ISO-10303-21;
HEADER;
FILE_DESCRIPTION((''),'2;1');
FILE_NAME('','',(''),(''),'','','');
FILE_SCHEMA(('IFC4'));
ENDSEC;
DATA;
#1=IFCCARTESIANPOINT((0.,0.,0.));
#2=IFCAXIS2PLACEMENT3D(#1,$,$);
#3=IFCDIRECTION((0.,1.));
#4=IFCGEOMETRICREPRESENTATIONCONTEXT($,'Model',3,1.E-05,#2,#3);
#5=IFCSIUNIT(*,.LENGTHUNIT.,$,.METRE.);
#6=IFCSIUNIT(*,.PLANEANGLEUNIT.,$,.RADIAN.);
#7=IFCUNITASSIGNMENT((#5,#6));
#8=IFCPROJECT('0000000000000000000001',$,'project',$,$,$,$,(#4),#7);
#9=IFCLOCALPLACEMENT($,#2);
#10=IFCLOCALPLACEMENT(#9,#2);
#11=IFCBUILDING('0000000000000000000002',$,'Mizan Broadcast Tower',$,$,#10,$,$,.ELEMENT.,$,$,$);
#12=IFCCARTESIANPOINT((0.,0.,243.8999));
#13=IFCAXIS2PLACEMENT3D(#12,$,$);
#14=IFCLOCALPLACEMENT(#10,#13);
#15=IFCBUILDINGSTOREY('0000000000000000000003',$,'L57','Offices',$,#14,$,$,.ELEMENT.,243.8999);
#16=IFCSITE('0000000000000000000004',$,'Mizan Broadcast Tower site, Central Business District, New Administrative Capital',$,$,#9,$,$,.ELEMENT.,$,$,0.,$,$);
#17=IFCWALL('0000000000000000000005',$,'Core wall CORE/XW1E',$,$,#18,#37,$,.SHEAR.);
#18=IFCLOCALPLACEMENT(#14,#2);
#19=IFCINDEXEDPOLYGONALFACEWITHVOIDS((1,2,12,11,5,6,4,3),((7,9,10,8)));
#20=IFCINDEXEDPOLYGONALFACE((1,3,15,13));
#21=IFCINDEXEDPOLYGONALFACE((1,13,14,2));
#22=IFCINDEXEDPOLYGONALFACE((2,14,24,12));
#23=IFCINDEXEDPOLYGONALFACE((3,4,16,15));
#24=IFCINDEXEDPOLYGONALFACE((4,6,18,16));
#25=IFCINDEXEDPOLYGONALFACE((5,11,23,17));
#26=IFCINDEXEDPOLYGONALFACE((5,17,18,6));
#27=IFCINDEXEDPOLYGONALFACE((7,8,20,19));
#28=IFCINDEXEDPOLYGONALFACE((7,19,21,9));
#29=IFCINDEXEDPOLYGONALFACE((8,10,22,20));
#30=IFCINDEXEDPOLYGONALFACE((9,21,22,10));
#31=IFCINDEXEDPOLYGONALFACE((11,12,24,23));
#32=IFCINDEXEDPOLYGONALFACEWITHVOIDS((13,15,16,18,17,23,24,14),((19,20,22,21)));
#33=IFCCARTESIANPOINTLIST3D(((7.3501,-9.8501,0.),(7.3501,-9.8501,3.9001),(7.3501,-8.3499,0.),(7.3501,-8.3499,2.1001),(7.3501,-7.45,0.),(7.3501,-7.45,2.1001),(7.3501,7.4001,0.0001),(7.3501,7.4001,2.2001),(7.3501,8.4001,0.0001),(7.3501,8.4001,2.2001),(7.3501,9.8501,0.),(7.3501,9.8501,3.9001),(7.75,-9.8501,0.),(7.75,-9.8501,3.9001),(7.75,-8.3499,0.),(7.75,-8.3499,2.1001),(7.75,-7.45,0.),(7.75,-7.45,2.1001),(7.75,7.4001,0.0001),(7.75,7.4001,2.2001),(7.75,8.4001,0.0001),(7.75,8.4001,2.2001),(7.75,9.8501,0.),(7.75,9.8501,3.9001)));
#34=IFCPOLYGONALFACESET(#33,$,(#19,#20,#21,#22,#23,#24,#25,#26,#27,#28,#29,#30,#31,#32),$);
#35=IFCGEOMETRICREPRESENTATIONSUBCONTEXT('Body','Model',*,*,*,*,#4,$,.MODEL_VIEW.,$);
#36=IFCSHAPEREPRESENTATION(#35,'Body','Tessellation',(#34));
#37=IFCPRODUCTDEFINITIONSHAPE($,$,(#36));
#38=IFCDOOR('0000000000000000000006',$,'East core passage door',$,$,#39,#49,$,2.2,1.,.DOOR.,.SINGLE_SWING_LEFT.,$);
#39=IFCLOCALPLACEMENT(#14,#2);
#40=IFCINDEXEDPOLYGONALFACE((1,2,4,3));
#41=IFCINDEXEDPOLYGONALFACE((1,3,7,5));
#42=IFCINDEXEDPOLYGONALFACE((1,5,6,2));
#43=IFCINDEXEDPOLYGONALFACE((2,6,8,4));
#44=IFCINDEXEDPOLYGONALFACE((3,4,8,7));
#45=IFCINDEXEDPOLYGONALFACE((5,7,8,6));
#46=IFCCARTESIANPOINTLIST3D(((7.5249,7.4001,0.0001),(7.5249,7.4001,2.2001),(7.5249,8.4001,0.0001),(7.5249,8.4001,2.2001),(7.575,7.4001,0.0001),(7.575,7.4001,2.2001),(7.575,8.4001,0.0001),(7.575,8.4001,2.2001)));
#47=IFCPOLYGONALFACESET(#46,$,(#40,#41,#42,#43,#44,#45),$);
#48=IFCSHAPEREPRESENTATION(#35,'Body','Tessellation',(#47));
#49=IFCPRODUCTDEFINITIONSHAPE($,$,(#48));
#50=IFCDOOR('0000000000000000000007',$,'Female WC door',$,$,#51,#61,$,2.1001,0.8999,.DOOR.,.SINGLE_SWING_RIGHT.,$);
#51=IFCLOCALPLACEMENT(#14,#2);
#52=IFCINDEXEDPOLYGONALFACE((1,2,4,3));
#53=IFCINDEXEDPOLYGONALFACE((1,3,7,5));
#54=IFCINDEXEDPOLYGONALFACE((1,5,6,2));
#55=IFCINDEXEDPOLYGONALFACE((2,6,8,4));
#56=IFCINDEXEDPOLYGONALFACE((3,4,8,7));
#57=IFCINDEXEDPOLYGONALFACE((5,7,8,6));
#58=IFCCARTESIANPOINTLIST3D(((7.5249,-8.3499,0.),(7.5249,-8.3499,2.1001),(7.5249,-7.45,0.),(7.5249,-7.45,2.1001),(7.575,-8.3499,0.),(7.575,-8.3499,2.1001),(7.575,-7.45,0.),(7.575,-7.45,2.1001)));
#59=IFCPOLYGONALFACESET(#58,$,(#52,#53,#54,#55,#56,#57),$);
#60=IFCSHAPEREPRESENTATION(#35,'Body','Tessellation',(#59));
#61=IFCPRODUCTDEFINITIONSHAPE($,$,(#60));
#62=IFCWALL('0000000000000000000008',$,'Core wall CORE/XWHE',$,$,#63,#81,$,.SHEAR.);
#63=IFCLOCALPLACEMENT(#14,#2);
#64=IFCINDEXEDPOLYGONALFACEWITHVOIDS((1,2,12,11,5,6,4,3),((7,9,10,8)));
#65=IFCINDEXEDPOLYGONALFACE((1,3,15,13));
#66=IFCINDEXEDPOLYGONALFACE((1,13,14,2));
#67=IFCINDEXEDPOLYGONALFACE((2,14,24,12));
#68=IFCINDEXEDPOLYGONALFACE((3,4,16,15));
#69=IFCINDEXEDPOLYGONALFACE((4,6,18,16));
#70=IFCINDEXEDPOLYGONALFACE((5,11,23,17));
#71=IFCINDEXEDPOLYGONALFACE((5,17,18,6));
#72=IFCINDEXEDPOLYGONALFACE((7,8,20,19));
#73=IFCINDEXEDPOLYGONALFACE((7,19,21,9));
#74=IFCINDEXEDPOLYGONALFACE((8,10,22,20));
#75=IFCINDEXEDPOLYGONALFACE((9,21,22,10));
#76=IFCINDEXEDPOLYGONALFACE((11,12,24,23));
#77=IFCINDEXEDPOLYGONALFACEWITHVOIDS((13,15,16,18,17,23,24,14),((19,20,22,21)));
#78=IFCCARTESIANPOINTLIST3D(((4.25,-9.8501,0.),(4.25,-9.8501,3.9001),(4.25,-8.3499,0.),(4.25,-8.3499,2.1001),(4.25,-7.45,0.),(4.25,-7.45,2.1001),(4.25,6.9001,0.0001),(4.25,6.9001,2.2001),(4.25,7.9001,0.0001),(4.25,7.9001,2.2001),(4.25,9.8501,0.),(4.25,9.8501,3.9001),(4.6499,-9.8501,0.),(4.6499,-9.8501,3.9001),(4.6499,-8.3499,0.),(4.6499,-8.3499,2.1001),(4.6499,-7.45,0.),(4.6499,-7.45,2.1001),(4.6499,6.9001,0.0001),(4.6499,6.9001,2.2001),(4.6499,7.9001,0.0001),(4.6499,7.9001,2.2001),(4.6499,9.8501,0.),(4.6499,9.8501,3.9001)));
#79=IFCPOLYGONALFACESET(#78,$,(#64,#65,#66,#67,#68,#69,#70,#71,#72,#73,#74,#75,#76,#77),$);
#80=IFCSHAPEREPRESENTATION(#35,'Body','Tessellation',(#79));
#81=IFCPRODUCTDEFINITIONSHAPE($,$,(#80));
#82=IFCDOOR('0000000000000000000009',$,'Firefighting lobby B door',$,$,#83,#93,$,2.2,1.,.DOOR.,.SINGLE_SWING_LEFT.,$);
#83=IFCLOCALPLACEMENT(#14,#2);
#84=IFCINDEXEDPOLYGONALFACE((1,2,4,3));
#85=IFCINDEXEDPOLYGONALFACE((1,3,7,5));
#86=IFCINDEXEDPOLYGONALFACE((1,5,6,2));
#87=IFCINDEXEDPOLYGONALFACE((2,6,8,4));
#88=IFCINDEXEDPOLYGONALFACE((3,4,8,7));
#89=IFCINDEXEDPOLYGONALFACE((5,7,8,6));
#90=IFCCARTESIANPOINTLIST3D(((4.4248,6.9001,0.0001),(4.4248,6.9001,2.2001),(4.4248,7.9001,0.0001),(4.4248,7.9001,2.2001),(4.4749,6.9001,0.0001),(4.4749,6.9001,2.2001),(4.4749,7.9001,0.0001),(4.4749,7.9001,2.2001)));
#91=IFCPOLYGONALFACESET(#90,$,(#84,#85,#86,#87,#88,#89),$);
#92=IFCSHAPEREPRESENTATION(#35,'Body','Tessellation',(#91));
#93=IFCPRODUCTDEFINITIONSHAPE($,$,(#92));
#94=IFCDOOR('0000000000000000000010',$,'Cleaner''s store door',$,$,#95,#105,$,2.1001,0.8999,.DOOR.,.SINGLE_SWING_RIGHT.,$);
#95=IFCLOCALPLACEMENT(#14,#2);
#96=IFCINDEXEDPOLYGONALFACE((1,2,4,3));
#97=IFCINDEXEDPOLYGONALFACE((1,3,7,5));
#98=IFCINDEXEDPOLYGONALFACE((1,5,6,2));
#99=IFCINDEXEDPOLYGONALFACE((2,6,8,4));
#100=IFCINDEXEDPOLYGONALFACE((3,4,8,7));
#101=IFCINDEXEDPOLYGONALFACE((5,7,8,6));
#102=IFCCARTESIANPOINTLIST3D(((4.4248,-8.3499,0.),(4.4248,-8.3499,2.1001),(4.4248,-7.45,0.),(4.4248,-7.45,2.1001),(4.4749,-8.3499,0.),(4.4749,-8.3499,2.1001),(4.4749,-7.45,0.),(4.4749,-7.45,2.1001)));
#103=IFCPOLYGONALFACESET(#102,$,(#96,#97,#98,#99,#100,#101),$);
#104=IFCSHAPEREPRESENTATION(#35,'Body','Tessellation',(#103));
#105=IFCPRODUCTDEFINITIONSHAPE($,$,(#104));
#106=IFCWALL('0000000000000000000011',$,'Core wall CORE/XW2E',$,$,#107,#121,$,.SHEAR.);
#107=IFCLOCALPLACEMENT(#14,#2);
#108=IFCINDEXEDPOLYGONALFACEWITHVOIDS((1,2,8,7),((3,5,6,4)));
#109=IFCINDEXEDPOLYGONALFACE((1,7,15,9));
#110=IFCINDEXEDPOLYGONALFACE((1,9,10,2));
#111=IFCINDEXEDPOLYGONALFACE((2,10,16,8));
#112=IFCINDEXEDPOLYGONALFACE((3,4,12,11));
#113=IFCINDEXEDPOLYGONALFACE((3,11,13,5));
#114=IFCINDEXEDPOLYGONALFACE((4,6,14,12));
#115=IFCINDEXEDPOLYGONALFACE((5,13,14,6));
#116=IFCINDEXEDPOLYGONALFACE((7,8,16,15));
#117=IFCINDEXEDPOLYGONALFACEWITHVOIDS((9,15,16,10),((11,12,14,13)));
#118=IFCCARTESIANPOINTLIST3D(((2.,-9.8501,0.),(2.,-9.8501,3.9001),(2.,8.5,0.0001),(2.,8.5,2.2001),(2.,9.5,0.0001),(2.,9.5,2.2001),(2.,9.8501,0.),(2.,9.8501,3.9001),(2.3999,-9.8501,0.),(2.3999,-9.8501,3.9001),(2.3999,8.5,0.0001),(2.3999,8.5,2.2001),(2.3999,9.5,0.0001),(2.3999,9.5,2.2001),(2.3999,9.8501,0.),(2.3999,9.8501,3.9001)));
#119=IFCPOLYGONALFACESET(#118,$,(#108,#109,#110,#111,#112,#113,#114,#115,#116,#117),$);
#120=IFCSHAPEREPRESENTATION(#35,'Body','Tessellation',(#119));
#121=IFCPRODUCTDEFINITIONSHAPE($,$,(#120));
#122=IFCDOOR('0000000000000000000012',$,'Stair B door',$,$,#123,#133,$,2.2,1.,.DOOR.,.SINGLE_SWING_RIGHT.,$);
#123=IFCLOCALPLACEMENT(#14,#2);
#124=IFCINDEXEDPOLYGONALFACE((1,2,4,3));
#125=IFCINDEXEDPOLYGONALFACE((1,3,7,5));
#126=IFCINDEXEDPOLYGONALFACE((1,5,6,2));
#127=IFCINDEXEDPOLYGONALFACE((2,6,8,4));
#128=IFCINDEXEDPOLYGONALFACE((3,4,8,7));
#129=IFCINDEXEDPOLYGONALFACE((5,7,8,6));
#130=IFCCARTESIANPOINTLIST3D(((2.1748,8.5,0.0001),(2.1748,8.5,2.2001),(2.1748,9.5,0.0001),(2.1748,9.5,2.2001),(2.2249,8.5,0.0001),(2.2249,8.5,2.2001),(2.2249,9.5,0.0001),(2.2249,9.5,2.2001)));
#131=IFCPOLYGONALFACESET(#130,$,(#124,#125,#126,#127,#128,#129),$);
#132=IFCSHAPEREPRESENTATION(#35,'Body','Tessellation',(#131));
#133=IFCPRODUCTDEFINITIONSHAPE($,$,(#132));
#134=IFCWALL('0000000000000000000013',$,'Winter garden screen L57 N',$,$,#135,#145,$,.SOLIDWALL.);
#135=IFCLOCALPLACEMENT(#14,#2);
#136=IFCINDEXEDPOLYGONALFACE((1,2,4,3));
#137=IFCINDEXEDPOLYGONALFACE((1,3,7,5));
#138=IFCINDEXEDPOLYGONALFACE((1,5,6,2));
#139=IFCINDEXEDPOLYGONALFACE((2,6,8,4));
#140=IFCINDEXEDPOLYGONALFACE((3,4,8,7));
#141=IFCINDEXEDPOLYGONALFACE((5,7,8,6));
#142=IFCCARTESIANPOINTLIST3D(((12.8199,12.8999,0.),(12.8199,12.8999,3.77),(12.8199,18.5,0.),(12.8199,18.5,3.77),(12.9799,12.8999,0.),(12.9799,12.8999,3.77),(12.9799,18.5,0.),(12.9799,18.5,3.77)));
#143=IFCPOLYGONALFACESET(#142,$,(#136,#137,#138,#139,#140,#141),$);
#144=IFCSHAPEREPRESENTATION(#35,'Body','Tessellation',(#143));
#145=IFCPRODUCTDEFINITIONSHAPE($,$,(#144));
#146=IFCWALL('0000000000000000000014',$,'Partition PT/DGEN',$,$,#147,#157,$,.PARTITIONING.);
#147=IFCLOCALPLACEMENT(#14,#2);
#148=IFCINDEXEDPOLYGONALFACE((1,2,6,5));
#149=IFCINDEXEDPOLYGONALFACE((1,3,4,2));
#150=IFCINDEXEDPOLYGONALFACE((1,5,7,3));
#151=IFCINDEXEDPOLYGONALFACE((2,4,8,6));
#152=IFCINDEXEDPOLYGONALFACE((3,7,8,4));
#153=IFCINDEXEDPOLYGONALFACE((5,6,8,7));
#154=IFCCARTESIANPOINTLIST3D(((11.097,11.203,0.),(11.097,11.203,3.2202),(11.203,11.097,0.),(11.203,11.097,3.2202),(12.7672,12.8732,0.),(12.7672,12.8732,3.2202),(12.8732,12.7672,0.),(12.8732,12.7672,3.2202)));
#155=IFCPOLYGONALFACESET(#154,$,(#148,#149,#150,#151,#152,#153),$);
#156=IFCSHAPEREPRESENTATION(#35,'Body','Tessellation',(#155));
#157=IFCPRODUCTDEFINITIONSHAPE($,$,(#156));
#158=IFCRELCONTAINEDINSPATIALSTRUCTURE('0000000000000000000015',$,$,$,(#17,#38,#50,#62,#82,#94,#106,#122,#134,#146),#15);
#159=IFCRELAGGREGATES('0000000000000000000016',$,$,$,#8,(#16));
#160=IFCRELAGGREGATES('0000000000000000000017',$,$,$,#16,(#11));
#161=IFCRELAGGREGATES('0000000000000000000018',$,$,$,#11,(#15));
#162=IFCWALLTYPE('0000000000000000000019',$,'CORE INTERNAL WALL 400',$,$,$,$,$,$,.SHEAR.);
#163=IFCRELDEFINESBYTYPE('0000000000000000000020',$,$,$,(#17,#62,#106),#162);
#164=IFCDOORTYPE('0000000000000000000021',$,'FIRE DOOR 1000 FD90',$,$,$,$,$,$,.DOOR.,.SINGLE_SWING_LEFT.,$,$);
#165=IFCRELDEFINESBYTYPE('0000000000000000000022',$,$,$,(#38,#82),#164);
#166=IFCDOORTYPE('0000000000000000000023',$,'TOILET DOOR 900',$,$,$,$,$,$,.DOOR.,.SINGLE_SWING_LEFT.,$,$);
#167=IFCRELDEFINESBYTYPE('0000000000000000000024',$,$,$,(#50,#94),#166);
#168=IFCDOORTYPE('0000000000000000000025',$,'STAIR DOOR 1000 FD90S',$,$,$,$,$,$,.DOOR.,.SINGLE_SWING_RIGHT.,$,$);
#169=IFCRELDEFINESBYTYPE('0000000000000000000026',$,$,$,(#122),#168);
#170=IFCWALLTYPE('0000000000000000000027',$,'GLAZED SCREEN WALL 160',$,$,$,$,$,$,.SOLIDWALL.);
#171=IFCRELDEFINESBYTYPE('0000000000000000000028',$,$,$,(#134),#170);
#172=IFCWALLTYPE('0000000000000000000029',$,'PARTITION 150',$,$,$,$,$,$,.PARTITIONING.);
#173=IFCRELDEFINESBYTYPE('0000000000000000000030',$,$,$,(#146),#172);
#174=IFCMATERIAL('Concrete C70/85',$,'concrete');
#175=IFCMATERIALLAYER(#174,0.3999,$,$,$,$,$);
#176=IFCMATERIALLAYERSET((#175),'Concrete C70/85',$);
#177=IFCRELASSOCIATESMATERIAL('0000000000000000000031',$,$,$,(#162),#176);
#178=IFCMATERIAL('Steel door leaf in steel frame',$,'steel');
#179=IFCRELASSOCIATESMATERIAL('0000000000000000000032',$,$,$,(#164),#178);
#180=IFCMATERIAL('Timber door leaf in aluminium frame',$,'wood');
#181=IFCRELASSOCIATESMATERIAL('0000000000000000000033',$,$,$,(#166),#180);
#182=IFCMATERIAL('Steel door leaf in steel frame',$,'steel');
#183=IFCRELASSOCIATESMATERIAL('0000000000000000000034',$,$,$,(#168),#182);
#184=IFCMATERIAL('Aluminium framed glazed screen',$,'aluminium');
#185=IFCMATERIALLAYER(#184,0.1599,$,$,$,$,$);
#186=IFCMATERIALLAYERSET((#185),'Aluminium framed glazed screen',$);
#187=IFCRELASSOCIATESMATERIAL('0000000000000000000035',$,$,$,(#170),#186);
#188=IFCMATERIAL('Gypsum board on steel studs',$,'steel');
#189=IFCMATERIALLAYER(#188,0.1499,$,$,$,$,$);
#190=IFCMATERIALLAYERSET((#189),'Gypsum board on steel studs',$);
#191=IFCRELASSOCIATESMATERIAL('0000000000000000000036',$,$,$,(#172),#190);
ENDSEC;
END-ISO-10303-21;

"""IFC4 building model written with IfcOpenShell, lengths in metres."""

from ifc_helpers import new_model, si_unit, direction, frame, frame_2d, origin, place, context, subcontext, project, spatial, rectangle, extrude, material, layer, layer_set, type_object, element, fill, save


model = new_model("IFC4")

# Units and contexts
model_context = context("Model", 3, precision=1e-05, world=origin(), true_north=direction((0.0, 1.0)))
body_context = subcontext(model_context, "Body", "Model", "MODEL_VIEW")
ifc_project = project(units=[si_unit("LENGTHUNIT", "METRE"), si_unit("PLANEANGLEUNIT", "RADIAN")], contexts=[model_context])

# Site, building, storey
site_placement = place(None, origin())
site = spatial("IfcSite", under=ifc_project, at=site_placement, Name="Mizan Broadcast Tower site, Central Business District, New Administrative Capital", CompositionType="ELEMENT", RefElevation=0.0)
building_placement = place(site_placement, origin())
building = spatial("IfcBuilding", under=site, at=building_placement, Name="Mizan Broadcast Tower", CompositionType="ELEMENT")
storey_placement = place(building_placement, frame((0.0, 0.0, 243.8999)))
storey = spatial("IfcBuildingStorey", under=building, at=storey_placement, Name="L57", Description="Offices", CompositionType="ELEMENT", Elevation=243.8999)

# Walls, openings, doors
ifc_material_1 = material(Name="Concrete C70/85", Category="concrete")
ifc_layer_1 = layer(ifc_material_1, 0.3999)
ifc_layer_set_1 = layer_set([ifc_layer_1], Name="Concrete C70/85")
wall_type_1 = type_object("IfcWallType", Name="CORE INTERNAL WALL 400", PredefinedType="SHEAR", material=ifc_layer_set_1)
wall_1_placement = place(storey_placement, frame((7.55, 9.8501, 0.0), z_axis=(0.0, 0.0, 1.0), x_axis=(0.0, -1.0, 0.0)))
wall_1 = element("IfcWall", 1, at=wall_1_placement, inside=storey, type_object=wall_type_1, Name="Core wall CORE/XW1E", PredefinedType="SHEAR", context=body_context, shape_type="SweptSolid", body=[
    extrude(rectangle(XDim=19.7002, YDim=0.3999, at=frame_2d((9.8501, 0.0))), origin(), (0.0, 0.0, 1.0), 3.9001),
])
opening_1_placement = place(wall_1_placement, frame((1.45, 0.0, 0.0)))
opening_1 = element("IfcOpeningElement", 2, at=opening_1_placement, cuts=wall_1, PredefinedType="OPENING", context=body_context, shape_type="SweptSolid", body=[
    extrude(rectangle(XDim=1.0, YDim=2.2, at=frame_2d((0.5, 1.1001))), frame((0.0, 0.21, 0.0), z_axis=(0.0, -1.0, 0.0), x_axis=(1.0, 0.0, 0.0)), (0.0, 0.0, 1.0), 0.4199),
])
opening_2_placement = place(wall_1_placement, frame((17.3, 0.0, 0.0)))
opening_2 = element("IfcOpeningElement", 3, at=opening_2_placement, cuts=wall_1, PredefinedType="OPENING", context=body_context, shape_type="SweptSolid", body=[
    extrude(rectangle(XDim=0.8999, YDim=2.1001, at=frame_2d((0.45, 1.05))), frame((0.0, 0.21, 0.0), z_axis=(0.0, -1.0, 0.0), x_axis=(1.0, 0.0, 0.0)), (0.0, 0.0, 1.0), 0.4199),
])
ifc_material_2 = material(Name="Steel door leaf in steel frame", Category="steel")
door_type_1 = type_object("IfcDoorType", Name="FIRE DOOR 1000 FD90", OperationType="SINGLE_SWING_LEFT", PredefinedType="DOOR", material=ifc_material_2)
door_1_placement = place(opening_1_placement, origin())
door_1 = element("IfcDoor", 4, at=door_1_placement, inside=storey, type_object=door_type_1, Name="East core passage door", OperationType="SINGLE_SWING_LEFT", OverallHeight=2.2, OverallWidth=1.0, PredefinedType="DOOR", context=body_context, shape_type="SweptSolid", body=[
    extrude(rectangle(XDim=1.0, YDim=2.2, at=frame_2d((0.5, 1.1001))), frame((0.0, 0.0249, 0.0), z_axis=(0.0, -1.0, 0.0), x_axis=(1.0, 0.0, 0.0)), (0.0, 0.0, 1.0), 0.05),
])
fill(opening_1, door_1)
ifc_material_3 = material(Name="Timber door leaf in aluminium frame", Category="wood")
door_type_2 = type_object("IfcDoorType", Name="TOILET DOOR 900", OperationType="SINGLE_SWING_LEFT", PredefinedType="DOOR", material=ifc_material_3)
door_2_placement = place(opening_2_placement, origin())
door_2 = element("IfcDoor", 5, at=door_2_placement, inside=storey, type_object=door_type_2, Name="Female WC door", OperationType="SINGLE_SWING_RIGHT", OverallHeight=2.1001, OverallWidth=0.8999, PredefinedType="DOOR", context=body_context, shape_type="SweptSolid", body=[
    extrude(rectangle(XDim=0.8999, YDim=2.1001, at=frame_2d((0.45, 1.05))), frame((0.0, 0.0249, 0.0), z_axis=(0.0, -1.0, 0.0), x_axis=(1.0, 0.0, 0.0)), (0.0, 0.0, 1.0), 0.05),
])
fill(opening_2, door_2)
wall_2_placement = place(storey_placement, frame((4.45, 9.8501, 0.0), z_axis=(0.0, 0.0, 1.0), x_axis=(0.0, -1.0, 0.0)))
wall_2 = element("IfcWall", 6, at=wall_2_placement, inside=storey, type_object=wall_type_1, Name="Core wall CORE/XWHE", PredefinedType="SHEAR", context=body_context, shape_type="SweptSolid", body=[
    extrude(rectangle(XDim=19.7002, YDim=0.3999, at=frame_2d((9.8501, 0.0))), origin(), (0.0, 0.0, 1.0), 3.9001),
])
opening_3_placement = place(wall_2_placement, frame((1.95, 0.0, 0.0)))
opening_3 = element("IfcOpeningElement", 7, at=opening_3_placement, cuts=wall_2, PredefinedType="OPENING", context=body_context, shape_type="SweptSolid", body=[
    extrude(rectangle(XDim=1.0, YDim=2.2, at=frame_2d((0.5, 1.1001))), frame((0.0, 0.21, 0.0), z_axis=(0.0, -1.0, 0.0), x_axis=(1.0, 0.0, 0.0)), (0.0, 0.0, 1.0), 0.4199),
])
opening_4_placement = place(wall_2_placement, frame((17.3, 0.0, 0.0)))
opening_4 = element("IfcOpeningElement", 8, at=opening_4_placement, cuts=wall_2, PredefinedType="OPENING", context=body_context, shape_type="SweptSolid", body=[
    extrude(rectangle(XDim=0.8999, YDim=2.1001, at=frame_2d((0.45, 1.05))), frame((0.0, 0.21, 0.0), z_axis=(0.0, -1.0, 0.0), x_axis=(1.0, 0.0, 0.0)), (0.0, 0.0, 1.0), 0.4199),
])
door_3_placement = place(opening_3_placement, origin())
door_3 = element("IfcDoor", 9, at=door_3_placement, inside=storey, type_object=door_type_1, Name="Firefighting lobby B door", OperationType="SINGLE_SWING_LEFT", OverallHeight=2.2, OverallWidth=1.0, PredefinedType="DOOR", context=body_context, shape_type="SweptSolid", body=[
    extrude(rectangle(XDim=1.0, YDim=2.2, at=frame_2d((0.5, 1.1001))), frame((0.0, 0.0249, 0.0), z_axis=(0.0, -1.0, 0.0), x_axis=(1.0, 0.0, 0.0)), (0.0, 0.0, 1.0), 0.05),
])
fill(opening_3, door_3)
door_4_placement = place(opening_4_placement, origin())
door_4 = element("IfcDoor", 10, at=door_4_placement, inside=storey, type_object=door_type_2, Name="Cleaner's store door", OperationType="SINGLE_SWING_RIGHT", OverallHeight=2.1001, OverallWidth=0.8999, PredefinedType="DOOR", context=body_context, shape_type="SweptSolid", body=[
    extrude(rectangle(XDim=0.8999, YDim=2.1001, at=frame_2d((0.45, 1.05))), frame((0.0, 0.0249, 0.0), z_axis=(0.0, -1.0, 0.0), x_axis=(1.0, 0.0, 0.0)), (0.0, 0.0, 1.0), 0.05),
])
fill(opening_4, door_4)

# Wall, opening, door
wall_3_placement = place(storey_placement, frame((2.2, 9.8501, 0.0), z_axis=(0.0, 0.0, 1.0), x_axis=(0.0, -1.0, 0.0)))
wall_3 = element("IfcWall", 11, at=wall_3_placement, inside=storey, type_object=wall_type_1, Name="Core wall CORE/XW2E", PredefinedType="SHEAR", context=body_context, shape_type="SweptSolid", body=[
    extrude(rectangle(XDim=19.7002, YDim=0.3999, at=frame_2d((9.8501, 0.0))), origin(), (0.0, 0.0, 1.0), 3.9001),
])
opening_5_placement = place(wall_3_placement, frame((0.3501, 0.0, 0.0)))
opening_5 = element("IfcOpeningElement", 12, at=opening_5_placement, cuts=wall_3, PredefinedType="OPENING", context=body_context, shape_type="SweptSolid", body=[
    extrude(rectangle(XDim=1.0, YDim=2.2, at=frame_2d((0.5, 1.1001))), frame((0.0, 0.21, 0.0), z_axis=(0.0, -1.0, 0.0), x_axis=(1.0, 0.0, 0.0)), (0.0, 0.0, 1.0), 0.4199),
])
ifc_material_4 = material(Name="Steel door leaf in steel frame", Category="steel")
door_type_3 = type_object("IfcDoorType", Name="STAIR DOOR 1000 FD90S", OperationType="SINGLE_SWING_RIGHT", PredefinedType="DOOR", material=ifc_material_4)
door_5_placement = place(opening_5_placement, origin())
door_5 = element("IfcDoor", 13, at=door_5_placement, inside=storey, type_object=door_type_3, Name="Stair B door", OperationType="SINGLE_SWING_RIGHT", OverallHeight=2.2, OverallWidth=1.0, PredefinedType="DOOR", context=body_context, shape_type="SweptSolid", body=[
    extrude(rectangle(XDim=1.0, YDim=2.2, at=frame_2d((0.5, 1.1001))), frame((0.0, 0.0249, 0.0), z_axis=(0.0, -1.0, 0.0), x_axis=(1.0, 0.0, 0.0)), (0.0, 0.0, 1.0), 0.05),
])
fill(opening_5, door_5)

# Walls
ifc_material_5 = material(Name="Aluminium framed glazed screen", Category="aluminium")
ifc_layer_2 = layer(ifc_material_5, 0.1599)
ifc_layer_set_2 = layer_set([ifc_layer_2], Name="Aluminium framed glazed screen")
wall_type_2 = type_object("IfcWallType", Name="GLAZED SCREEN WALL 160", PredefinedType="SOLIDWALL", material=ifc_layer_set_2)
wall_4_placement = place(storey_placement, frame((12.8999, 12.8999, 0.0), z_axis=(0.0, 0.0, 1.0), x_axis=(0.0, 1.0, 0.0)))
element("IfcWall", 14, at=wall_4_placement, inside=storey, type_object=wall_type_2, Name="Winter garden screen L57 N", PredefinedType="SOLIDWALL", context=body_context, shape_type="SweptSolid", body=[
    extrude(rectangle(XDim=5.6001, YDim=0.1599, at=frame_2d((2.8, 0.0))), origin(), (0.0, 0.0, 1.0), 3.77),
])
ifc_material_6 = material(Name="Gypsum board on steel studs", Category="steel")
ifc_layer_3 = layer(ifc_material_6, 0.1499)
ifc_layer_set_3 = layer_set([ifc_layer_3], Name="Gypsum board on steel studs")
wall_type_3 = type_object("IfcWallType", Name="PARTITION 150", PredefinedType="PARTITIONING", material=ifc_layer_set_3)
wall_5_placement = place(storey_placement, frame((11.1499, 11.1499, 0.0), z_axis=(0.0, 0.0, 1.0), x_axis=(0.707107, 0.707107, 0.0)))
element("IfcWall", 15, at=wall_5_placement, inside=storey, type_object=wall_type_3, Name="Partition PT/DGEN", PredefinedType="PARTITIONING", context=body_context, shape_type="SweptSolid", body=[
    extrude(rectangle(XDim=2.3621, YDim=0.1499, at=frame_2d((1.1812, 0.0))), origin(), (0.0, 0.0, 1.0), 3.2202),
])

save(model, "model.ifc")
